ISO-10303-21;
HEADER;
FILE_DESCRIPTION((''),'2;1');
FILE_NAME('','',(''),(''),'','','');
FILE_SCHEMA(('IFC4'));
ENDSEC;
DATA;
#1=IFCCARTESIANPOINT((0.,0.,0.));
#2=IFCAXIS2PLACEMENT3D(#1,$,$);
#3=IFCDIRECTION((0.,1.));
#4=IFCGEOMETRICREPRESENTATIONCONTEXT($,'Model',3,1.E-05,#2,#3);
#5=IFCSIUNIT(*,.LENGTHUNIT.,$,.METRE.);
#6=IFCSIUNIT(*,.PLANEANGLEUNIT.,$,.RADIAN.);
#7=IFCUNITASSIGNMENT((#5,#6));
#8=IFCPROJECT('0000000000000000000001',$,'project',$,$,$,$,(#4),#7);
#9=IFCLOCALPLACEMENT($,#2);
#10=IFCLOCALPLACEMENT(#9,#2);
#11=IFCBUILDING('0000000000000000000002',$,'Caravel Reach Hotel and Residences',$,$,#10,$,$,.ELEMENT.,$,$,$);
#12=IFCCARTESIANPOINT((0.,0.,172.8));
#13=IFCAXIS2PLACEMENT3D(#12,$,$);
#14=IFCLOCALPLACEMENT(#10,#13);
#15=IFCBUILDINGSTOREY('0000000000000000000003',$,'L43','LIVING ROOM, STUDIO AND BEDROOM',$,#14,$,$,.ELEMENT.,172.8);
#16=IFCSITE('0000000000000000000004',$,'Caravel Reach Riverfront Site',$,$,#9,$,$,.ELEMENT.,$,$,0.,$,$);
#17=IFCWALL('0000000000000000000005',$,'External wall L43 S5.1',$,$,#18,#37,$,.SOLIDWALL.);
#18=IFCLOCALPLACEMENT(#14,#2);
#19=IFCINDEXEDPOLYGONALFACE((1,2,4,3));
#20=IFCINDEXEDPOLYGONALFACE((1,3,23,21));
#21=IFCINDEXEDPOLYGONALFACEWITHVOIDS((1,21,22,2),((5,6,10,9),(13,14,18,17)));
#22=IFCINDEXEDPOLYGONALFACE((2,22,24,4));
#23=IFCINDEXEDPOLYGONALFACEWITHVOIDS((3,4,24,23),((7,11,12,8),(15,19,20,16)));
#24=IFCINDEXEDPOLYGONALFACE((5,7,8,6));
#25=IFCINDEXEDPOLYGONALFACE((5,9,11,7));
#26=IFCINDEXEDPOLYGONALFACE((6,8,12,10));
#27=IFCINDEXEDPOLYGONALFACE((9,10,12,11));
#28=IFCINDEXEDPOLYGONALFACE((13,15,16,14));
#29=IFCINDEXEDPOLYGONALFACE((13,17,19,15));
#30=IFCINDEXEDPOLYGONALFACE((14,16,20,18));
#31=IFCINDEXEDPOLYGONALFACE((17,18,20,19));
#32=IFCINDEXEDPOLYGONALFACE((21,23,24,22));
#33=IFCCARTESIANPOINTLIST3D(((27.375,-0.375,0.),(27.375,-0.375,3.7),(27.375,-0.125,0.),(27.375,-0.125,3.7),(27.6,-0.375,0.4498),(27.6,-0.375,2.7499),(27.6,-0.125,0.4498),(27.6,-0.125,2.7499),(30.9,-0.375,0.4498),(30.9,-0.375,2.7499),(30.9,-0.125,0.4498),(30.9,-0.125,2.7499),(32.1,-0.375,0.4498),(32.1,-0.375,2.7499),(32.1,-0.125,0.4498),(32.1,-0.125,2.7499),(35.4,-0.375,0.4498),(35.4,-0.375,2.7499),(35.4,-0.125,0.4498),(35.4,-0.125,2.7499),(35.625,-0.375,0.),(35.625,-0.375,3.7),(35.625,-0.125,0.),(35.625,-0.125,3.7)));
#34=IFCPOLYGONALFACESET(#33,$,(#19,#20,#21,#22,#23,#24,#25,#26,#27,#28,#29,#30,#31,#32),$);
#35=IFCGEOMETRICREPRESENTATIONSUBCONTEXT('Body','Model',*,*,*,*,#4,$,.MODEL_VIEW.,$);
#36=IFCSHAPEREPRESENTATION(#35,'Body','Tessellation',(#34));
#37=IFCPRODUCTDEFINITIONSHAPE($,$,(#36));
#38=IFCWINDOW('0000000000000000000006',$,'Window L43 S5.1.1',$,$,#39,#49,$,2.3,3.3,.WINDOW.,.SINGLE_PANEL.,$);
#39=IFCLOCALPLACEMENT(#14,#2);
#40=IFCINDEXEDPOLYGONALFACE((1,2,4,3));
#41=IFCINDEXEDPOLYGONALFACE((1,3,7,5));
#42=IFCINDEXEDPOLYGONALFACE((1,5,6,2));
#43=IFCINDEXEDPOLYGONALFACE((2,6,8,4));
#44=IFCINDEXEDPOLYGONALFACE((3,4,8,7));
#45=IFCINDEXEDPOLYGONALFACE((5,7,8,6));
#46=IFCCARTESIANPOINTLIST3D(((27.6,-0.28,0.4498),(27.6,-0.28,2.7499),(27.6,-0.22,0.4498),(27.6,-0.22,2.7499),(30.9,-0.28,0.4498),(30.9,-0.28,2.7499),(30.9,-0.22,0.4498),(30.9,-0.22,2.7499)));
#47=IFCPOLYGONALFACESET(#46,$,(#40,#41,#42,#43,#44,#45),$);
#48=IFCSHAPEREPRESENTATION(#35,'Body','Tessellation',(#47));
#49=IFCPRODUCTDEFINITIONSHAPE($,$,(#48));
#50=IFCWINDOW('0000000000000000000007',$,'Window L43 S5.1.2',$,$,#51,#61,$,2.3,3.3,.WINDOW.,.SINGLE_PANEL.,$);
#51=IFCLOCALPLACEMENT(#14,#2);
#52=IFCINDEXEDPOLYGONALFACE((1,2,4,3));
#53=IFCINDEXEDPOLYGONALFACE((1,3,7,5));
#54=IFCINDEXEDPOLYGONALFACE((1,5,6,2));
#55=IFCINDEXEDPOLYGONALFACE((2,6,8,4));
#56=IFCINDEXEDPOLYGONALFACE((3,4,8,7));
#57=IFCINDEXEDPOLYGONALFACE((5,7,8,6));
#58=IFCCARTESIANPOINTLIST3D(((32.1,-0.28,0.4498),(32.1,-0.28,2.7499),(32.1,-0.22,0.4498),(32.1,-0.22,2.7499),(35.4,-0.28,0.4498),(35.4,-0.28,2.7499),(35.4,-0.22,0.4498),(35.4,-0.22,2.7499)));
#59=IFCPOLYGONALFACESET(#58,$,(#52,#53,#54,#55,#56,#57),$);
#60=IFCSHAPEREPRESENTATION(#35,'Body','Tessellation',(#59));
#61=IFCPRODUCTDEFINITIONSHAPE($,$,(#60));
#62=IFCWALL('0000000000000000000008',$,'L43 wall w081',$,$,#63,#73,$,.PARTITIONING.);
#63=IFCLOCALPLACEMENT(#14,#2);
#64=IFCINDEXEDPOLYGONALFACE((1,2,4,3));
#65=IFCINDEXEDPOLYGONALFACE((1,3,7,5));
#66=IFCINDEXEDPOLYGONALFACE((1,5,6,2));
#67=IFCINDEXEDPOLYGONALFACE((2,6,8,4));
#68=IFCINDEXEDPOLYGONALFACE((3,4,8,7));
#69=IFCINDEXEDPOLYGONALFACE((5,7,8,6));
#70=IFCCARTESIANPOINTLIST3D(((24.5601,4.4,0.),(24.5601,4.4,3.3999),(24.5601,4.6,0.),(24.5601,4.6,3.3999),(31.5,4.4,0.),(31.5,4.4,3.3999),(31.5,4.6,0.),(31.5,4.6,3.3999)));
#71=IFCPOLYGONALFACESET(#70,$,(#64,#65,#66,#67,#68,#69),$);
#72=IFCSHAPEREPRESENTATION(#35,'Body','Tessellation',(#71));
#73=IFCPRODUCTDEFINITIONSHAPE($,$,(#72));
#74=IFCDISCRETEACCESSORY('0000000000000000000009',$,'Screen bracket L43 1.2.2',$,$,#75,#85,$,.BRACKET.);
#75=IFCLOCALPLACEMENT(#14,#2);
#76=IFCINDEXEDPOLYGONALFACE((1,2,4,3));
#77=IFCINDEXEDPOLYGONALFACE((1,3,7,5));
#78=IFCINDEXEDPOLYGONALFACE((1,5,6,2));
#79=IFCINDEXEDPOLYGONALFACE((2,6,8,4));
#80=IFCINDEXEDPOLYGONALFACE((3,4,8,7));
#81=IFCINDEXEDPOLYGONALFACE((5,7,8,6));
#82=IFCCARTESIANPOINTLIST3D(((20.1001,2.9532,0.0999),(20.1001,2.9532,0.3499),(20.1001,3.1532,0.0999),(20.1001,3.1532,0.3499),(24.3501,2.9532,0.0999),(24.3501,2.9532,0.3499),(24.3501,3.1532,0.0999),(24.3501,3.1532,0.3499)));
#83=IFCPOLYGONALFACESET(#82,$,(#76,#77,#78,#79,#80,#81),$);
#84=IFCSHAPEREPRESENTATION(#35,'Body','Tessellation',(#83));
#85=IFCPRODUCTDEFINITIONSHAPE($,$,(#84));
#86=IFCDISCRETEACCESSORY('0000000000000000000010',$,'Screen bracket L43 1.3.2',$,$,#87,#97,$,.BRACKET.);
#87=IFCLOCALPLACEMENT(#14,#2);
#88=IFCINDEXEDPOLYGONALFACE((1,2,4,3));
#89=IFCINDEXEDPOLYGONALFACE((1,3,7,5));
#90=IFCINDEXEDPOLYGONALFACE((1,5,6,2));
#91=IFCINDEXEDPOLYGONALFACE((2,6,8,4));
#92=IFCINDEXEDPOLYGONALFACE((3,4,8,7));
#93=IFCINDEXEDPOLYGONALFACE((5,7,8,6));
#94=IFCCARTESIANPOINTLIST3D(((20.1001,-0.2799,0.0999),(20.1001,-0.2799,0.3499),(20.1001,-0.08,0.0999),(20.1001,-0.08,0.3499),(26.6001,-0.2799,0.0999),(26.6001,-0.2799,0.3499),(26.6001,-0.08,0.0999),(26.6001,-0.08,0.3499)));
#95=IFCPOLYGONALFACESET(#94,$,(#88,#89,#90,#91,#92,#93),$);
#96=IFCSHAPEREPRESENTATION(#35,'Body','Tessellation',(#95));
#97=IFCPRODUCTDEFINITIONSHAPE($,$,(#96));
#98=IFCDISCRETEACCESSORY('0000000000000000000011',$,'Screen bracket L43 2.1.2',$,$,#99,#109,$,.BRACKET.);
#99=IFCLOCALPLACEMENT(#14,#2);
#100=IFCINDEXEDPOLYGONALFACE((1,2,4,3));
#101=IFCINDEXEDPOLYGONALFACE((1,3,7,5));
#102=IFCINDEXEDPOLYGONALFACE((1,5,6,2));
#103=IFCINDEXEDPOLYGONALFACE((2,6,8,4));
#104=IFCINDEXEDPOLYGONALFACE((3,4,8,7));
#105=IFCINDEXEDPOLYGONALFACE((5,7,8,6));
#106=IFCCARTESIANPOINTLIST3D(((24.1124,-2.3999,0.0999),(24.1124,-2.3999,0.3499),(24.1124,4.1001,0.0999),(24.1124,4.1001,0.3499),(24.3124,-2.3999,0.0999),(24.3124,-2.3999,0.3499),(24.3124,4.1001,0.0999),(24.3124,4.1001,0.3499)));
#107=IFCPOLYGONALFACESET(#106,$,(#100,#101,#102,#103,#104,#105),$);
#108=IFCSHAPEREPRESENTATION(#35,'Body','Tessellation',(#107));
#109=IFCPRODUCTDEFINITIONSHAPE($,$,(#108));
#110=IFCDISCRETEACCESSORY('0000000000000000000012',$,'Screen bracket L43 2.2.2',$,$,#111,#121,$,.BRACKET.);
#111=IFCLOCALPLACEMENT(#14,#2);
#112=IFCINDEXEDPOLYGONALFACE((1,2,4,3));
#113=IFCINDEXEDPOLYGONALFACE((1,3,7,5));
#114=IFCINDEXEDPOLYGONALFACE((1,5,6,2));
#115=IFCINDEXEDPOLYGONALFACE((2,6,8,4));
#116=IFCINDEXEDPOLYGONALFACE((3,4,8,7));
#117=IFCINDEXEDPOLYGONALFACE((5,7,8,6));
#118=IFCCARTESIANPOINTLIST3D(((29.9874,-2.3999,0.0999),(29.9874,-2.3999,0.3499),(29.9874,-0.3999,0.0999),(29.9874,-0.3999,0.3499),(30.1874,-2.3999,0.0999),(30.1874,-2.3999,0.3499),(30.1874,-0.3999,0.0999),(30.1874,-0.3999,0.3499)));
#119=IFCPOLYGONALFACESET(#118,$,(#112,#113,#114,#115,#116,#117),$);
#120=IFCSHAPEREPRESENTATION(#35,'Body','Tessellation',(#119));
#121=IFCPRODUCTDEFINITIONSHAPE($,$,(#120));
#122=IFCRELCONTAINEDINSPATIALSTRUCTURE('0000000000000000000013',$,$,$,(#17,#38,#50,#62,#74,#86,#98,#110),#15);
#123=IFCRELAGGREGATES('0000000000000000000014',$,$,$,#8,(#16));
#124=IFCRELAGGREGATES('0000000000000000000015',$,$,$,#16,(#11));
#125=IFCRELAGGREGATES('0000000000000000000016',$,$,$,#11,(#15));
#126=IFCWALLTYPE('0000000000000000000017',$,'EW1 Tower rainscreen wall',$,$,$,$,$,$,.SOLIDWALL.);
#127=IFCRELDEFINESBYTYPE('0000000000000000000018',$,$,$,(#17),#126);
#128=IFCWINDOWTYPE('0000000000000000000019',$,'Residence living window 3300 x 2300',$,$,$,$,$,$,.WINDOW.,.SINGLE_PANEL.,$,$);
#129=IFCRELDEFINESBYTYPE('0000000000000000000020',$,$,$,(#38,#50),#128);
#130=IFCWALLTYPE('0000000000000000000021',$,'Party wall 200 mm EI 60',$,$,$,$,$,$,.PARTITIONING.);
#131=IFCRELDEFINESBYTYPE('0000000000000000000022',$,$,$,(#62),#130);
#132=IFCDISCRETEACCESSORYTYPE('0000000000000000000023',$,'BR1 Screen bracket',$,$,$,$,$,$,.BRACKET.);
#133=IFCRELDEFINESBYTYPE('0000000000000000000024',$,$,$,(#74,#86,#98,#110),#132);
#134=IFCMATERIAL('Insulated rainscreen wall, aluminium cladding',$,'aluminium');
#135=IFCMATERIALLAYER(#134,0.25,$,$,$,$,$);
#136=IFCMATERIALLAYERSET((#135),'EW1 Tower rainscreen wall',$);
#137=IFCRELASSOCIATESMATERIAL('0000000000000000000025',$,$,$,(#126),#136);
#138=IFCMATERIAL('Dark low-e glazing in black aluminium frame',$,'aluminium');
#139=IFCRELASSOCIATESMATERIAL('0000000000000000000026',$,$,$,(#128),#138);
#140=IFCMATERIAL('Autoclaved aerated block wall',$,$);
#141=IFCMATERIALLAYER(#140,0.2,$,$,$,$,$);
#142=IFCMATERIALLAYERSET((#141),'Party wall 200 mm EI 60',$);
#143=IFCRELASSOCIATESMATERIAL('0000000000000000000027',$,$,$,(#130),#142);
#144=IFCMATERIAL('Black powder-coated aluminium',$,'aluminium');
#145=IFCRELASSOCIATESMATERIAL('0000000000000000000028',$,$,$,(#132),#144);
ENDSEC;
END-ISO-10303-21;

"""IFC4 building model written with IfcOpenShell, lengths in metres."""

from ifc_helpers import new_model, si_unit, direction, frame, frame_2d, origin, origin_2d, place, context, subcontext, project, spatial, rectangle, extrude, material, layer, layer_set, type_object, element, fill, save


model = new_model("IFC4")

# Units and contexts
model_context = context("Model", 3, precision=1e-05, world=origin(), true_north=direction((0.0, 1.0)))
body_context = subcontext(model_context, "Body", "Model", "MODEL_VIEW")
ifc_project = project(units=[si_unit("LENGTHUNIT", "METRE"), si_unit("PLANEANGLEUNIT", "RADIAN")], contexts=[model_context])

# Site, building, storey
site_placement = place(None, origin())
site = spatial("IfcSite", under=ifc_project, at=site_placement, Name="Caravel Reach Riverfront Site", CompositionType="ELEMENT", RefElevation=0.0)
building_placement = place(site_placement, origin())
building = spatial("IfcBuilding", under=site, at=building_placement, Name="Caravel Reach Hotel and Residences", CompositionType="ELEMENT")
storey_placement = place(building_placement, frame((0.0, 0.0, 172.8)))
storey = spatial("IfcBuildingStorey", under=building, at=storey_placement, Name="L43", Description="LIVING ROOM, STUDIO AND BEDROOM", CompositionType="ELEMENT", Elevation=172.8)

# Shared definitions
ifc_material_1 = material(Name="Insulated rainscreen wall, aluminium cladding", Category="aluminium")
ifc_layer_1 = layer(ifc_material_1, 0.25)
ifc_layer_set_1 = layer_set([ifc_layer_1], Name="EW1 Tower rainscreen wall")
wall_type_1 = type_object("IfcWallType", Name="EW1 Tower rainscreen wall", PredefinedType="SOLIDWALL", material=ifc_layer_set_1)

# Wall, openings, windows
wall_1_placement = place(storey_placement, frame((27.375, -0.25, 0.0), z_axis=(0.0, 0.0, 1.0), x_axis=(1.0, 0.0, 0.0)))
wall_1 = element("IfcWall", 1, at=wall_1_placement, inside=storey, type_object=wall_type_1, Name="External wall L43 S5.1", PredefinedType="SOLIDWALL", context=body_context, shape_type="SweptSolid", body=[
    extrude(rectangle(XDim=8.25, YDim=0.25, at=frame_2d((4.125, 0.0))), origin(), (0.0, 0.0, 1.0), 3.7),
])
opening_1_placement = place(wall_1_placement, frame((0.2251, 0.0, 0.45)))
opening_1 = element("IfcOpeningElement", 2, at=opening_1_placement, cuts=wall_1, PredefinedType="OPENING", context=body_context, shape_type="SweptSolid", body=[
    extrude(rectangle(XDim=3.3, YDim=2.3, at=frame_2d((1.6499, 1.1499))), frame((0.0, 0.135, 0.0), z_axis=(0.0, -1.0, 0.0), x_axis=(1.0, 0.0, 0.0)), (0.0, 0.0, 1.0), 0.27),
])
opening_2_placement = place(wall_1_placement, frame((4.7251, 0.0, 0.45)))
opening_2 = element("IfcOpeningElement", 3, at=opening_2_placement, cuts=wall_1, PredefinedType="OPENING", context=body_context, shape_type="SweptSolid", body=[
    extrude(rectangle(XDim=3.3, YDim=2.3, at=frame_2d((1.6499, 1.1499))), frame((0.0, 0.135, 0.0), z_axis=(0.0, -1.0, 0.0), x_axis=(1.0, 0.0, 0.0)), (0.0, 0.0, 1.0), 0.27),
])
ifc_material_2 = material(Name="Dark low-e glazing in black aluminium frame", Category="aluminium")
window_type_1 = type_object("IfcWindowType", Name="Residence living window 3300 x 2300", PartitioningType="SINGLE_PANEL", PredefinedType="WINDOW", material=ifc_material_2)
window_1_placement = place(opening_1_placement, origin())
window_1 = element("IfcWindow", 4, at=window_1_placement, inside=storey, type_object=window_type_1, Name="Window L43 S5.1.1", OverallHeight=2.3, OverallWidth=3.3, PartitioningType="SINGLE_PANEL", PredefinedType="WINDOW", context=body_context, shape_type="SweptSolid", body=[
    extrude(rectangle(XDim=3.3, YDim=2.3, at=frame_2d((1.6499, 1.1499))), frame((0.0, 0.03, 0.0), z_axis=(0.0, -1.0, 0.0), x_axis=(1.0, 0.0, 0.0)), (0.0, 0.0, 1.0), 0.0601),
])
fill(opening_1, window_1)
window_2_placement = place(opening_2_placement, origin())
window_2 = element("IfcWindow", 5, at=window_2_placement, inside=storey, type_object=window_type_1, Name="Window L43 S5.1.2", OverallHeight=2.3, OverallWidth=3.3, PartitioningType="SINGLE_PANEL", PredefinedType="WINDOW", context=body_context, shape_type="SweptSolid", body=[
    extrude(rectangle(XDim=3.3, YDim=2.3, at=frame_2d((1.6499, 1.1499))), frame((0.0, 0.03, 0.0), z_axis=(0.0, -1.0, 0.0), x_axis=(1.0, 0.0, 0.0)), (0.0, 0.0, 1.0), 0.0601),
])
fill(opening_2, window_2)

# Wall
ifc_material_3 = material(Name="Autoclaved aerated block wall")
ifc_layer_2 = layer(ifc_material_3, 0.2)
ifc_layer_set_2 = layer_set([ifc_layer_2], Name="Party wall 200 mm EI 60")
wall_type_2 = type_object("IfcWallType", Name="Party wall 200 mm EI 60", PredefinedType="PARTITIONING", material=ifc_layer_set_2)
wall_2_placement = place(storey_placement, frame((24.5601, 4.5, 0.0), z_axis=(0.0, 0.0, 1.0), x_axis=(1.0, 0.0, 0.0)))
element("IfcWall", 6, at=wall_2_placement, inside=storey, type_object=wall_type_2, Name="L43 wall w081", PredefinedType="PARTITIONING", context=body_context, shape_type="SweptSolid", body=[
    extrude(rectangle(XDim=6.9399, YDim=0.2, at=frame_2d((3.47, 0.0))), origin(), (0.0, 0.0, 1.0), 3.3999),
])

# Discrete accessories
ifc_material_4 = material(Name="Black powder-coated aluminium", Category="aluminium")
discrete_accessory_type = type_object("IfcDiscreteAccessoryType", Name="BR1 Screen bracket", PredefinedType="BRACKET", material=ifc_material_4)
discrete_accessory_1_placement = place(storey_placement, frame((22.2251, 3.0532, 0.0999), z_axis=(0.0, 0.0, 1.0), x_axis=(-1.0, 0.0, 0.0)))
element("IfcDiscreteAccessory", 7, at=discrete_accessory_1_placement, inside=storey, type_object=discrete_accessory_type, Name="Screen bracket L43 1.2.2", PredefinedType="BRACKET", context=body_context, shape_type="SweptSolid", body=[
    extrude(rectangle(XDim=4.25, YDim=0.2, at=origin_2d()), origin(), (0.0, 0.0, 1.0), 0.25),
])
for number, where, z_axis, x_axis, name in (
    (8, (23.3501, -0.1799, 0.0999), (0.0, 0.0, 1.0), (-1.0, 0.0, 0.0), "Screen bracket L43 1.3.2"),
    (9, (24.2124, 0.8501, 0.0999), (0.0, 0.0, 1.0), (0.0, -1.0, 0.0), "Screen bracket L43 2.1.2"),
):
    element("IfcDiscreteAccessory", number, at=place(storey_placement, frame(where, z_axis=z_axis, x_axis=x_axis)), inside=storey, type_object=discrete_accessory_type, Name=name, PredefinedType="BRACKET", context=body_context, shape_type="SweptSolid", body=[
        extrude(rectangle(XDim=6.5, YDim=0.2, at=origin_2d()), origin(), (0.0, 0.0, 1.0), 0.25),
    ])
discrete_accessory_2_placement = place(storey_placement, frame((30.0874, -1.3999, 0.0999), z_axis=(0.0, 0.0, 1.0), x_axis=(0.0, -1.0, 0.0)))
element("IfcDiscreteAccessory", 10, at=discrete_accessory_2_placement, inside=storey, type_object=discrete_accessory_type, Name="Screen bracket L43 2.2.2", PredefinedType="BRACKET", context=body_context, shape_type="SweptSolid", body=[
    extrude(rectangle(XDim=2.0, YDim=0.2, at=origin_2d()), origin(), (0.0, 0.0, 1.0), 0.25),
])

save(model, "model.ifc")
